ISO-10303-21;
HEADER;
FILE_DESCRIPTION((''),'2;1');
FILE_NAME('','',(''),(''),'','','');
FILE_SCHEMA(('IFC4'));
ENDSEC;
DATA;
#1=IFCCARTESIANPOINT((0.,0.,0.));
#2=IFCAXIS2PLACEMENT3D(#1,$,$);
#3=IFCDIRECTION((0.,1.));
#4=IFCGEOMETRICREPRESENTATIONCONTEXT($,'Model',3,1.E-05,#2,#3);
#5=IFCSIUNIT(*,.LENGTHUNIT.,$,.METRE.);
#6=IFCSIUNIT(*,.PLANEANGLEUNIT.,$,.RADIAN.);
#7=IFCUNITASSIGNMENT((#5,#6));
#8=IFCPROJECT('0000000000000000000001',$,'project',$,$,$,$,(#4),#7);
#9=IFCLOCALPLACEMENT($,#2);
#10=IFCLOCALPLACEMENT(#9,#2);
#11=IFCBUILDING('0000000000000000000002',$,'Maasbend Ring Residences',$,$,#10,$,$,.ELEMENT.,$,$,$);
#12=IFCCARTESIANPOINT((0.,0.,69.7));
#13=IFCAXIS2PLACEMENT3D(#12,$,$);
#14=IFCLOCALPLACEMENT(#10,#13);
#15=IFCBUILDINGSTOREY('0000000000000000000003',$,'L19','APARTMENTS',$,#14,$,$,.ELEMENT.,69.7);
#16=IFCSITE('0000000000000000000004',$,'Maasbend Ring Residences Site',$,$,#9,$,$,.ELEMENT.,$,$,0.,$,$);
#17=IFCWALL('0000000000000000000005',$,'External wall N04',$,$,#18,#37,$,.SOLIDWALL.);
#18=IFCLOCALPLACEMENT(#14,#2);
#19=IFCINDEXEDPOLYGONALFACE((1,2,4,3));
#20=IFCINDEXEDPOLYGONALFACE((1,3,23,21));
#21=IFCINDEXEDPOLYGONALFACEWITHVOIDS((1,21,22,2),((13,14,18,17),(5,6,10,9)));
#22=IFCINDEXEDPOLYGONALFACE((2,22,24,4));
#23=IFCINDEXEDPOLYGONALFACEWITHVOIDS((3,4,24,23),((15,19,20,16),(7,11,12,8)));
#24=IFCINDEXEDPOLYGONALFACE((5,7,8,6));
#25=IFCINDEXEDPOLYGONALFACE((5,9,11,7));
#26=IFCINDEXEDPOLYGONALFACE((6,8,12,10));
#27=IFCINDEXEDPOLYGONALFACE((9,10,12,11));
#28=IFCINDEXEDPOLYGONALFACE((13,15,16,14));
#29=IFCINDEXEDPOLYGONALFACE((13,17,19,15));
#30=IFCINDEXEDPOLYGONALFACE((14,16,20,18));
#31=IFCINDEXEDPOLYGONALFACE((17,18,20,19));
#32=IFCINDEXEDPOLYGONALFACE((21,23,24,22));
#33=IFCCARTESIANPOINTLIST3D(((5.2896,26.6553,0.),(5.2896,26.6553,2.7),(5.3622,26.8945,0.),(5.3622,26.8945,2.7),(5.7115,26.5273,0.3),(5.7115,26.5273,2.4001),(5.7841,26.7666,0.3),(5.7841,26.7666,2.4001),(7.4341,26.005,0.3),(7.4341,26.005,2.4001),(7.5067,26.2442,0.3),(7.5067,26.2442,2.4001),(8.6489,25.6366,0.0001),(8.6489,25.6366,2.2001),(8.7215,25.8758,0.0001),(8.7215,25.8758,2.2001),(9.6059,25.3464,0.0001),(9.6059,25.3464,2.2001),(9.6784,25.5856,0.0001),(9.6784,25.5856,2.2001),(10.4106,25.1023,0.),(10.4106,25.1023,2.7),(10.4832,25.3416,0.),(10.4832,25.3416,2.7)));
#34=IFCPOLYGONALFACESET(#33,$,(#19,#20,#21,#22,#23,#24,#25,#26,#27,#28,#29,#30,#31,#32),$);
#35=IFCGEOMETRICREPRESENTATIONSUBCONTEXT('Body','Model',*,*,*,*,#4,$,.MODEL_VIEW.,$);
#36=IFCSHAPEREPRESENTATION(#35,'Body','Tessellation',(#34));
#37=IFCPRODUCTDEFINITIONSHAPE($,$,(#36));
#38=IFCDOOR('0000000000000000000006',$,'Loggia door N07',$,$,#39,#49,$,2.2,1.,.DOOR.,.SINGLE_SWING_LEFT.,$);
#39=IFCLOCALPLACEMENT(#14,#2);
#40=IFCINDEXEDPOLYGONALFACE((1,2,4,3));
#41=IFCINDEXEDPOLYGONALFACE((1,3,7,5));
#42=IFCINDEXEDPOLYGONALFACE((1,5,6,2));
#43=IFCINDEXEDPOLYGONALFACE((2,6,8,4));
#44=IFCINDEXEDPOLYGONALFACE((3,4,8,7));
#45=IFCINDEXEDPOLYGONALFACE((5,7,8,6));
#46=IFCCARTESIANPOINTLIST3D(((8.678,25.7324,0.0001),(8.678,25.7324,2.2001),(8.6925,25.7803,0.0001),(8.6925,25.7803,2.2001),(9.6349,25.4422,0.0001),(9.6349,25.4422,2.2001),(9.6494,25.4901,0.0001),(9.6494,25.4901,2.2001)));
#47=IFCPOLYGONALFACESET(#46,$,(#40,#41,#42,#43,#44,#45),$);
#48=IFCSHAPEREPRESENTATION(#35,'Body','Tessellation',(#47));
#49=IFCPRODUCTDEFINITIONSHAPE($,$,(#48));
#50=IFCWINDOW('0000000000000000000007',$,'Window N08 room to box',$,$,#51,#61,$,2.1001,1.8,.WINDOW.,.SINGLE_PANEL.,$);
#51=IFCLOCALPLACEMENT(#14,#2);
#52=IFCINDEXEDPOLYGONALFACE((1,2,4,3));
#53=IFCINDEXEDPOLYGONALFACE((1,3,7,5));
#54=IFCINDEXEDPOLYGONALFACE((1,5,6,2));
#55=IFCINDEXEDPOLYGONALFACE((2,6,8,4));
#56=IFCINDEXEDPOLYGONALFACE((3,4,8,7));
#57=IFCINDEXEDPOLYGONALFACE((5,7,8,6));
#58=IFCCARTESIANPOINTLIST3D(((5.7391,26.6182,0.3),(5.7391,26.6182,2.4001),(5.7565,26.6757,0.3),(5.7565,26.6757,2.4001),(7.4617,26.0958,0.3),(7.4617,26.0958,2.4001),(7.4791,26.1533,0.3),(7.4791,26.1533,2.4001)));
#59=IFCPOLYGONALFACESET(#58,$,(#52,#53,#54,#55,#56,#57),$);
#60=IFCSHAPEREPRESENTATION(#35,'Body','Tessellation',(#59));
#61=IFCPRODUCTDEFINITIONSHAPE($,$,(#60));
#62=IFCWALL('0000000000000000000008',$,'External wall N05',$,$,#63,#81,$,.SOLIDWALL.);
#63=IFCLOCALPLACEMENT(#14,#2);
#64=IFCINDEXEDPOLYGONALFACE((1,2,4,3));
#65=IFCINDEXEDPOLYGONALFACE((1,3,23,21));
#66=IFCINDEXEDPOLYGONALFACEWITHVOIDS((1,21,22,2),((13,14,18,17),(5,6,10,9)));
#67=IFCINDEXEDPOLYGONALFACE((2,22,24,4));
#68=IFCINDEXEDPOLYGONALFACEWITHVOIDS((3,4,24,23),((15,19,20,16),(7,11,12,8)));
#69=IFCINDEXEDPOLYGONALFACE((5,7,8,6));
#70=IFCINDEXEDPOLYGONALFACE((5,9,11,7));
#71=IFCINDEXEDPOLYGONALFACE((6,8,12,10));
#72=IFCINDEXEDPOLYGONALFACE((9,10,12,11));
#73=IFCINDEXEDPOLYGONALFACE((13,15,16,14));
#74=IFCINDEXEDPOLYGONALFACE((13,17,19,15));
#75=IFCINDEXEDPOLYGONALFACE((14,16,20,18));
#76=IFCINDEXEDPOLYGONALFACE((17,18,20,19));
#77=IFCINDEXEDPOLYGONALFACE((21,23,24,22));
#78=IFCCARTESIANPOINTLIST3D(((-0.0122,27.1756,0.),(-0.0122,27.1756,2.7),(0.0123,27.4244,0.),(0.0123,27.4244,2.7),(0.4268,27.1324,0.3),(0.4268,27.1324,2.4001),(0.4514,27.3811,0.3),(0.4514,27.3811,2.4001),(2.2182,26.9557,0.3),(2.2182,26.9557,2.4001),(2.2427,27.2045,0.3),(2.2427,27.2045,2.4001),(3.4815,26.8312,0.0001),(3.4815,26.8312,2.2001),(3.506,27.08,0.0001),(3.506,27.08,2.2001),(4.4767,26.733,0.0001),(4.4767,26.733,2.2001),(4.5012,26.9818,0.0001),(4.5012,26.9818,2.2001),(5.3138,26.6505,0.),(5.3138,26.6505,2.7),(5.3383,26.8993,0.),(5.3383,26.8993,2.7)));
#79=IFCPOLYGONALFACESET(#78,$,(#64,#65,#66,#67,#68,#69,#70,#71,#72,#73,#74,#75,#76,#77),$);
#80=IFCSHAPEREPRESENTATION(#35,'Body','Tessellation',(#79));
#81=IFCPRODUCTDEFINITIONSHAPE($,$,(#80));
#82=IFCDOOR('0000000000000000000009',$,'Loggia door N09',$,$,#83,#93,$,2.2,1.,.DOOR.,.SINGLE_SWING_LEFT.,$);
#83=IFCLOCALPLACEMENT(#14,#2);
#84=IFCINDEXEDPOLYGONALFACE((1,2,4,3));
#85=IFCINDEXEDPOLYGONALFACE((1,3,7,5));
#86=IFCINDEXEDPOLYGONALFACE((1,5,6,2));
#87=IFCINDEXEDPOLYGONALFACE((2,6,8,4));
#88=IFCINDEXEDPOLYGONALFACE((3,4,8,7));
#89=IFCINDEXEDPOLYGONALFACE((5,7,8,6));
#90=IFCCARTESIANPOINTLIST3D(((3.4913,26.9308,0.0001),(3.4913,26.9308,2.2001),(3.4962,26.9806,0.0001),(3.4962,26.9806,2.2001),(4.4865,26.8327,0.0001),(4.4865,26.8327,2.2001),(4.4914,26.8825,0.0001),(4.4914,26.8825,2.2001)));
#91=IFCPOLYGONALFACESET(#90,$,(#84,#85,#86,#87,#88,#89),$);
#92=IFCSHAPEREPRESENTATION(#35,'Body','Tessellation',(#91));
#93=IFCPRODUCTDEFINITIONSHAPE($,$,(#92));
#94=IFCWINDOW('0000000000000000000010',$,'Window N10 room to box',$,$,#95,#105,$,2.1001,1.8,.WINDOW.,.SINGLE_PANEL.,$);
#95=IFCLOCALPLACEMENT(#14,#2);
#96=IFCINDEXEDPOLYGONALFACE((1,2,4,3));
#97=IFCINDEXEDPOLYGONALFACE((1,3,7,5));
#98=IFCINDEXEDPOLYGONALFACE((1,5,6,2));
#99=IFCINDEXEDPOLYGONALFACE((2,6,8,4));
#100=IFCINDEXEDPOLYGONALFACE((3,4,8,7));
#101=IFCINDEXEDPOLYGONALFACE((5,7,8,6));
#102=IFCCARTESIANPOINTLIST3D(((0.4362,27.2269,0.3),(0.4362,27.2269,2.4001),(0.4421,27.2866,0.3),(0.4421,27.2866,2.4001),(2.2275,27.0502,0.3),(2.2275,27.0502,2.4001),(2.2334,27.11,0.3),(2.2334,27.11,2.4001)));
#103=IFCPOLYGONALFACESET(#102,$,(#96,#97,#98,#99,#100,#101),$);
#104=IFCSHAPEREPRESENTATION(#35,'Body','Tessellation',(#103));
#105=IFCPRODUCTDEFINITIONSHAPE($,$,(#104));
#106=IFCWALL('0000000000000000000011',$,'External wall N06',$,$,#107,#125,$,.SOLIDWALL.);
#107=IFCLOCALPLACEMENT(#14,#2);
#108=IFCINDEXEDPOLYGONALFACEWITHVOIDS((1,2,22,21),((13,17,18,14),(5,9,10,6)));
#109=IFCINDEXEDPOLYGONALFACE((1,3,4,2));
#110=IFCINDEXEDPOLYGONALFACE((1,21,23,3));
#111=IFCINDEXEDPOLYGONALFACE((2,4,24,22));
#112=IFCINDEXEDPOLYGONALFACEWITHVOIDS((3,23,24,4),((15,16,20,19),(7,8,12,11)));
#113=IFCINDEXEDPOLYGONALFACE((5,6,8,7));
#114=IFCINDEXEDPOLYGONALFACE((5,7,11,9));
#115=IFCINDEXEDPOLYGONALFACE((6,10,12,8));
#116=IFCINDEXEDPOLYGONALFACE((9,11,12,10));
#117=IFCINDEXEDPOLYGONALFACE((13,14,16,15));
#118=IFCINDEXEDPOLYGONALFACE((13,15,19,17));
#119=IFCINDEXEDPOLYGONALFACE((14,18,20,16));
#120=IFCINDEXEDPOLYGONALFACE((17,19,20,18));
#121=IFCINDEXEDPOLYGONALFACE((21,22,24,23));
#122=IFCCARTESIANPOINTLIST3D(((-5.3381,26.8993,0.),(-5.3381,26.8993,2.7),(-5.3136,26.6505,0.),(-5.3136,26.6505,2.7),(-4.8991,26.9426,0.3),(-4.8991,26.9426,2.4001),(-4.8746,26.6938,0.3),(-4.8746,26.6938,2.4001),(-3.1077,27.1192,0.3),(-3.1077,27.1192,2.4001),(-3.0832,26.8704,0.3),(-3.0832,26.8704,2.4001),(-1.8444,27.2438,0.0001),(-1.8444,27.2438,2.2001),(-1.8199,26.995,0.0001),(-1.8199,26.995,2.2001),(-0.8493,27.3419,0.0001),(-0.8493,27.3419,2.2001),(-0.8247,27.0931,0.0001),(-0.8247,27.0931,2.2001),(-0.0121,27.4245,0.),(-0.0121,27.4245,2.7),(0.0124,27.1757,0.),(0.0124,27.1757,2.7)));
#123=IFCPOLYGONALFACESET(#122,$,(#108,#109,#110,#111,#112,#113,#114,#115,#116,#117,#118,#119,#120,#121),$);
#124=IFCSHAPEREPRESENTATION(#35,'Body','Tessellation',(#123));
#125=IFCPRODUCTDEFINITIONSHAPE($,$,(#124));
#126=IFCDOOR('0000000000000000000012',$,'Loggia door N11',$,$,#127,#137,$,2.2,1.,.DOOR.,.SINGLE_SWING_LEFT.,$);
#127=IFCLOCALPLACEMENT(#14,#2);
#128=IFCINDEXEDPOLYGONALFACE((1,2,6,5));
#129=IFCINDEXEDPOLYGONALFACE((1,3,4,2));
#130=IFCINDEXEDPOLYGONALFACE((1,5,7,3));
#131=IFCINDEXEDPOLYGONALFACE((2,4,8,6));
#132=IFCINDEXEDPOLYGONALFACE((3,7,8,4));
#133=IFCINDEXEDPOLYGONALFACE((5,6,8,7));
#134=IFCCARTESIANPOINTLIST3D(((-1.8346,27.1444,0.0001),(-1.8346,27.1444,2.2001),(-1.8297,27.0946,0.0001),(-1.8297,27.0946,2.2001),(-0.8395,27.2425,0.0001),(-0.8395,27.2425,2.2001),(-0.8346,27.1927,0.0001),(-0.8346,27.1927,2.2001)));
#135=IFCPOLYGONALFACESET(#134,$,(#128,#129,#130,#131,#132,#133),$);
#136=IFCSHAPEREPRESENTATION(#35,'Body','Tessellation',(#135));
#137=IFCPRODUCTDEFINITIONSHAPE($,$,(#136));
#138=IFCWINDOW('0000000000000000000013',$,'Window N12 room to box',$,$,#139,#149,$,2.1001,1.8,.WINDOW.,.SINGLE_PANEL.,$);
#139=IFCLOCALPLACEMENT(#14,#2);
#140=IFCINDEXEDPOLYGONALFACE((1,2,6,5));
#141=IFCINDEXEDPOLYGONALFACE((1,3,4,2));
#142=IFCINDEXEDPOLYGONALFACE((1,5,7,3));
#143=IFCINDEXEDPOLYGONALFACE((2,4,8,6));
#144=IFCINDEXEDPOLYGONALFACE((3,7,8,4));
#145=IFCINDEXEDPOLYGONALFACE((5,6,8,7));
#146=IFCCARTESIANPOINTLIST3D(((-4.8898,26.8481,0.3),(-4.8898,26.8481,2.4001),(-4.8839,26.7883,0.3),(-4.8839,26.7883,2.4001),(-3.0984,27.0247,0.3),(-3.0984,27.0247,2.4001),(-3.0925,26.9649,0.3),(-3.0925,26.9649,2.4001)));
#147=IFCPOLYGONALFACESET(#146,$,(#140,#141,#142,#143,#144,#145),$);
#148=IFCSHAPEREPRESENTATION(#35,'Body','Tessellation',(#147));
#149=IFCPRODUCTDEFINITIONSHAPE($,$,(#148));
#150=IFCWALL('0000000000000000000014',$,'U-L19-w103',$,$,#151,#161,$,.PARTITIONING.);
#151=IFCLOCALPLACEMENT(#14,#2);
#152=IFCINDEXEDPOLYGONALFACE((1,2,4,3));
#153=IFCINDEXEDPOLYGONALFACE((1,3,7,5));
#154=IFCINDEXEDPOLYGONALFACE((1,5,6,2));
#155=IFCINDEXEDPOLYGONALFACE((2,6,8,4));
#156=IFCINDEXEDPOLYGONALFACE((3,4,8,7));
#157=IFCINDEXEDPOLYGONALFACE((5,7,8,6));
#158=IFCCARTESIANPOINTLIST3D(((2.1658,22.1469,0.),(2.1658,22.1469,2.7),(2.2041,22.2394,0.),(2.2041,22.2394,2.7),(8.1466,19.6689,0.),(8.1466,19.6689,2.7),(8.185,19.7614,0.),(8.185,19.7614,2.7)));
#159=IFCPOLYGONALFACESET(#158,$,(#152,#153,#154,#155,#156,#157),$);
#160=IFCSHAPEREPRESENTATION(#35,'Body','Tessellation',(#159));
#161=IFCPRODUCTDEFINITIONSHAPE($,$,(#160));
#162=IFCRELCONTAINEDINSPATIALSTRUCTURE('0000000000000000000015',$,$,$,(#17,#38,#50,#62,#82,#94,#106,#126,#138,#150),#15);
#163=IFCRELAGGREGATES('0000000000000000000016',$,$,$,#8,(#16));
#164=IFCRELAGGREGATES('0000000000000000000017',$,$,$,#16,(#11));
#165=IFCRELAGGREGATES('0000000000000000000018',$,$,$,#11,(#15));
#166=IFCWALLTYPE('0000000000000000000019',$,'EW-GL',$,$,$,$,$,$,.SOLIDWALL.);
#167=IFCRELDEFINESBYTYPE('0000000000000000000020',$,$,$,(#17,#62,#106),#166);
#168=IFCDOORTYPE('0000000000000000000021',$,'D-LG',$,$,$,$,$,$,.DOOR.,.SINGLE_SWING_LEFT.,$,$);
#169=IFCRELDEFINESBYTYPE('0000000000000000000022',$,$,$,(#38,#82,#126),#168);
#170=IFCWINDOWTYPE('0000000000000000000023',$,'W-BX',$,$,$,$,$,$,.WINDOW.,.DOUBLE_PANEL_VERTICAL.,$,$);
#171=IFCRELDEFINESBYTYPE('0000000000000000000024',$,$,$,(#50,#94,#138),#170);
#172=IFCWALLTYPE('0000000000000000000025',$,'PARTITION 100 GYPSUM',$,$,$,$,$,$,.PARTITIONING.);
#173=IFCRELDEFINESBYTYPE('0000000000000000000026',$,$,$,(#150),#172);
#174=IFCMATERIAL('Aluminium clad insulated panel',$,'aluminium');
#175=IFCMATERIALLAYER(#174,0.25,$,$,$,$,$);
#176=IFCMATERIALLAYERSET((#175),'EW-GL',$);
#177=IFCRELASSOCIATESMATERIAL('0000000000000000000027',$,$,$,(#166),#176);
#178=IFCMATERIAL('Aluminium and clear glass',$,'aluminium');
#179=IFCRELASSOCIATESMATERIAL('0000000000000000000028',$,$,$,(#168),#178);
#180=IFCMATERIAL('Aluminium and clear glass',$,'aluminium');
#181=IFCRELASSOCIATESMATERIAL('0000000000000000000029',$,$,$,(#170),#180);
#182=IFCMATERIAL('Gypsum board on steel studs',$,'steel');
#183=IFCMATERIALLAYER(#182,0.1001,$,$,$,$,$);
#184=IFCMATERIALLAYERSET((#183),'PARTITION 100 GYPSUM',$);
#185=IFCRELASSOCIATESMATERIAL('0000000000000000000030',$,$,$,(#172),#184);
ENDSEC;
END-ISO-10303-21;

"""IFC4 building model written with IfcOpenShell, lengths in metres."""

from ifc_helpers import new_model, si_unit, direction, frame, frame_2d, origin, place, context, subcontext, project, spatial, rectangle, extrude, material, layer, layer_set, type_object, element, fill, save


model = new_model("IFC4")

# Units and contexts
model_context = context("Model", 3, precision=1e-05, world=origin(), true_north=direction((0.0, 1.0)))
body_context = subcontext(model_context, "Body", "Model", "MODEL_VIEW")
ifc_project = project(units=[si_unit("LENGTHUNIT", "METRE"), si_unit("PLANEANGLEUNIT", "RADIAN")], contexts=[model_context])

# Site, building, storey
site_placement = place(None, origin())
site = spatial("IfcSite", under=ifc_project, at=site_placement, Name="Maasbend Ring Residences Site", CompositionType="ELEMENT", RefElevation=0.0)
building_placement = place(site_placement, origin())
building = spatial("IfcBuilding", under=site, at=building_placement, Name="Maasbend Ring Residences", CompositionType="ELEMENT")
storey_placement = place(building_placement, frame((0.0, 0.0, 69.7)))
storey = spatial("IfcBuildingStorey", under=building, at=storey_placement, Name="L19", Description="APARTMENTS", CompositionType="ELEMENT", Elevation=69.7)

# Walls, openings, doors, windows
ifc_material_1 = material(Name="Aluminium clad insulated panel", Category="aluminium")
ifc_layer_1 = layer(ifc_material_1, 0.25)
ifc_layer_set_1 = layer_set([ifc_layer_1], Name="EW-GL")
wall_type_1 = type_object("IfcWallType", Name="EW-GL", PredefinedType="SOLIDWALL", material=ifc_layer_set_1)
wall_1_placement = place(storey_placement, frame((10.447, 25.2219, 0.0), z_axis=(0.0, 0.0, 1.0), x_axis=(-0.956966, 0.290201, 0.0)))
wall_1 = element("IfcWall", 1, at=wall_1_placement, inside=storey, type_object=wall_type_1, Name="External wall N04", PredefinedType="SOLIDWALL", context=body_context, shape_type="SweptSolid", body=[
    extrude(rectangle(XDim=5.3513, YDim=0.25, at=frame_2d((2.6758, 0.0))), origin(), (0.0, 0.0, 1.0), 2.7),
])
opening_1_placement = place(wall_1_placement, frame((0.8411, 0.0, 0.0)))
opening_1 = element("IfcOpeningElement", 2, at=opening_1_placement, cuts=wall_1, PredefinedType="OPENING", context=body_context, shape_type="SweptSolid", body=[
    extrude(rectangle(XDim=1.0, YDim=2.2, at=frame_2d((0.5, 1.1001))), frame((0.0, 0.135, 0.0), z_axis=(0.0, -1.0, 0.0), x_axis=(1.0, 0.0, 0.0)), (0.0, 0.0, 1.0), 0.27),
])
opening_2_placement = place(wall_1_placement, frame((3.1106, 0.0, 0.3)))
opening_2 = element("IfcOpeningElement", 3, at=opening_2_placement, cuts=wall_1, PredefinedType="OPENING", context=body_context, shape_type="SweptSolid", body=[
    extrude(rectangle(XDim=1.8, YDim=2.1001, at=frame_2d((0.8999, 1.05))), frame((0.0, 0.135, 0.0), z_axis=(0.0, -1.0, 0.0), x_axis=(1.0, 0.0, 0.0)), (0.0, 0.0, 1.0), 0.27),
])
ifc_material_2 = material(Name="Aluminium and clear glass", Category="aluminium")
door_type = type_object("IfcDoorType", Name="D-LG", OperationType="SINGLE_SWING_LEFT", PredefinedType="DOOR", material=ifc_material_2)
door_1_placement = place(opening_1_placement, origin())
door_1 = element("IfcDoor", 4, at=door_1_placement, inside=storey, type_object=door_type, Name="Loggia door N07", OperationType="SINGLE_SWING_LEFT", OverallHeight=2.2, OverallWidth=1.0, PredefinedType="DOOR", context=body_context, shape_type="SweptSolid", body=[
    extrude(rectangle(XDim=1.0, YDim=2.2, at=frame_2d((0.5, 1.1001))), frame((0.0, 0.0249, 0.0), z_axis=(0.0, -1.0, 0.0), x_axis=(1.0, 0.0, 0.0)), (0.0, 0.0, 1.0), 0.05),
])
fill(opening_1, door_1)
ifc_material_3 = material(Name="Aluminium and clear glass", Category="aluminium")
window_type_1 = type_object("IfcWindowType", Name="W-BX", PartitioningType="DOUBLE_PANEL_VERTICAL", PredefinedType="WINDOW", material=ifc_material_3)
window_1_placement = place(opening_2_placement, origin())
window_1 = element("IfcWindow", 5, at=window_1_placement, inside=storey, type_object=window_type_1, Name="Window N08 room to box", OverallHeight=2.1001, OverallWidth=1.8, PartitioningType="SINGLE_PANEL", PredefinedType="WINDOW", context=body_context, shape_type="SweptSolid", body=[
    extrude(rectangle(XDim=1.8, YDim=2.1001, at=frame_2d((0.8999, 1.05))), frame((0.0, 0.03, 0.0), z_axis=(0.0, -1.0, 0.0), x_axis=(1.0, 0.0, 0.0)), (0.0, 0.0, 1.0), 0.0601),
])
fill(opening_2, window_1)
wall_2_placement = place(storey_placement, frame((5.3259, 26.7749, 0.0), z_axis=(0.0, 0.0, 1.0), x_axis=(-0.995174, 0.098126, 0.0)))
wall_2 = element("IfcWall", 6, at=wall_2_placement, inside=storey, type_object=wall_type_1, Name="External wall N05", PredefinedType="SOLIDWALL", context=body_context, shape_type="SweptSolid", body=[
    extrude(rectangle(XDim=5.3518, YDim=0.25, at=frame_2d((2.6758, 0.0))), origin(), (0.0, 0.0, 1.0), 2.7),
])
opening_3_placement = place(wall_2_placement, frame((0.8411, 0.0, 0.0)))
opening_3 = element("IfcOpeningElement", 7, at=opening_3_placement, cuts=wall_2, PredefinedType="OPENING", context=body_context, shape_type="SweptSolid", body=[
    extrude(rectangle(XDim=1.0, YDim=2.2, at=frame_2d((0.5, 1.1001))), frame((0.0, 0.135, 0.0), z_axis=(0.0, -1.0, 0.0), x_axis=(1.0, 0.0, 0.0)), (0.0, 0.0, 1.0), 0.27),
])
opening_4_placement = place(wall_2_placement, frame((3.1106, 0.0, 0.3)))
opening_4 = element("IfcOpeningElement", 8, at=opening_4_placement, cuts=wall_2, PredefinedType="OPENING", context=body_context, shape_type="SweptSolid", body=[
    extrude(rectangle(XDim=1.8, YDim=2.1001, at=frame_2d((0.8999, 1.05))), frame((0.0, 0.135, 0.0), z_axis=(0.0, -1.0, 0.0), x_axis=(1.0, 0.0, 0.0)), (0.0, 0.0, 1.0), 0.27),
])
door_2_placement = place(opening_3_placement, origin())
door_2 = element("IfcDoor", 9, at=door_2_placement, inside=storey, type_object=door_type, Name="Loggia door N09", OperationType="SINGLE_SWING_LEFT", OverallHeight=2.2, OverallWidth=1.0, PredefinedType="DOOR", context=body_context, shape_type="SweptSolid", body=[
    extrude(rectangle(XDim=1.0, YDim=2.2, at=frame_2d((0.5, 1.1001))), frame((0.0, 0.0249, 0.0), z_axis=(0.0, -1.0, 0.0), x_axis=(1.0, 0.0, 0.0)), (0.0, 0.0, 1.0), 0.05),
])
fill(opening_3, door_2)
window_2_placement = place(opening_4_placement, origin())
window_2 = element("IfcWindow", 10, at=window_2_placement, inside=storey, type_object=window_type_1, Name="Window N10 room to box", OverallHeight=2.1001, OverallWidth=1.8, PartitioningType="SINGLE_PANEL", PredefinedType="WINDOW", context=body_context, shape_type="SweptSolid", body=[
    extrude(rectangle(XDim=1.8, YDim=2.1001, at=frame_2d((0.8999, 1.05))), frame((0.0, 0.03, 0.0), z_axis=(0.0, -1.0, 0.0), x_axis=(1.0, 0.0, 0.0)), (0.0, 0.0, 1.0), 0.0601),
])
fill(opening_4, window_2)
wall_3_placement = place(storey_placement, frame((0.0, 27.3, 0.0), z_axis=(0.0, 0.0, 1.0), x_axis=(-0.995174, -0.098126, 0.0)))
wall_3 = element("IfcWall", 11, at=wall_3_placement, inside=storey, type_object=wall_type_1, Name="External wall N06", PredefinedType="SOLIDWALL", context=body_context, shape_type="SweptSolid", body=[
    extrude(rectangle(XDim=5.3518, YDim=0.25, at=frame_2d((2.6758, 0.0))), origin(), (0.0, 0.0, 1.0), 2.7),
])
opening_5_placement = place(wall_3_placement, frame((0.8411, 0.0, 0.0)))
opening_5 = element("IfcOpeningElement", 12, at=opening_5_placement, cuts=wall_3, PredefinedType="OPENING", context=body_context, shape_type="SweptSolid", body=[
    extrude(rectangle(XDim=1.0, YDim=2.2, at=frame_2d((0.5, 1.1001))), frame((0.0, 0.135, 0.0), z_axis=(0.0, -1.0, 0.0), x_axis=(1.0, 0.0, 0.0)), (0.0, 0.0, 1.0), 0.27),
])
opening_6_placement = place(wall_3_placement, frame((3.1106, 0.0, 0.3)))
opening_6 = element("IfcOpeningElement", 13, at=opening_6_placement, cuts=wall_3, PredefinedType="OPENING", context=body_context, shape_type="SweptSolid", body=[
    extrude(rectangle(XDim=1.8, YDim=2.1001, at=frame_2d((0.8999, 1.05))), frame((0.0, 0.135, 0.0), z_axis=(0.0, -1.0, 0.0), x_axis=(1.0, 0.0, 0.0)), (0.0, 0.0, 1.0), 0.27),
])
door_3_placement = place(opening_5_placement, origin())
door_3 = element("IfcDoor", 14, at=door_3_placement, inside=storey, type_object=door_type, Name="Loggia door N11", OperationType="SINGLE_SWING_LEFT", OverallHeight=2.2, OverallWidth=1.0, PredefinedType="DOOR", context=body_context, shape_type="SweptSolid", body=[
    extrude(rectangle(XDim=1.0, YDim=2.2, at=frame_2d((0.5, 1.1001))), frame((0.0, 0.0249, 0.0), z_axis=(0.0, -1.0, 0.0), x_axis=(1.0, 0.0, 0.0)), (0.0, 0.0, 1.0), 0.05),
])
fill(opening_5, door_3)
window_3_placement = place(opening_6_placement, origin())
window_3 = element("IfcWindow", 15, at=window_3_placement, inside=storey, type_object=window_type_1, Name="Window N12 room to box", OverallHeight=2.1001, OverallWidth=1.8, PartitioningType="SINGLE_PANEL", PredefinedType="WINDOW", context=body_context, shape_type="SweptSolid", body=[
    extrude(rectangle(XDim=1.8, YDim=2.1001, at=frame_2d((0.8999, 1.05))), frame((0.0, 0.03, 0.0), z_axis=(0.0, -1.0, 0.0), x_axis=(1.0, 0.0, 0.0)), (0.0, 0.0, 1.0), 0.0601),
])
fill(opening_6, window_3)

# Wall
ifc_material_4 = material(Name="Gypsum board on steel studs", Category="steel")
ifc_layer_2 = layer(ifc_material_4, 0.1001)
ifc_layer_set_2 = layer_set([ifc_layer_2], Name="PARTITION 100 GYPSUM")
wall_type_2 = type_object("IfcWallType", Name="PARTITION 100 GYPSUM", PredefinedType="PARTITIONING", material=ifc_layer_set_2)
wall_4_placement = place(storey_placement, frame((2.1851, 22.1931, 0.0), z_axis=(0.0, 0.0, 1.0), x_axis=(0.923845, -0.382767, 0.0)))
element("IfcWall", 16, at=wall_4_placement, inside=storey, type_object=wall_type_2, Name="U-L19-w103", PredefinedType="PARTITIONING", context=body_context, shape_type="SweptSolid", body=[
    extrude(rectangle(XDim=6.4739, YDim=0.1001, at=frame_2d((3.2368, 0.0))), origin(), (0.0, 0.0, 1.0), 2.7),
])

save(model, "model.ifc")
